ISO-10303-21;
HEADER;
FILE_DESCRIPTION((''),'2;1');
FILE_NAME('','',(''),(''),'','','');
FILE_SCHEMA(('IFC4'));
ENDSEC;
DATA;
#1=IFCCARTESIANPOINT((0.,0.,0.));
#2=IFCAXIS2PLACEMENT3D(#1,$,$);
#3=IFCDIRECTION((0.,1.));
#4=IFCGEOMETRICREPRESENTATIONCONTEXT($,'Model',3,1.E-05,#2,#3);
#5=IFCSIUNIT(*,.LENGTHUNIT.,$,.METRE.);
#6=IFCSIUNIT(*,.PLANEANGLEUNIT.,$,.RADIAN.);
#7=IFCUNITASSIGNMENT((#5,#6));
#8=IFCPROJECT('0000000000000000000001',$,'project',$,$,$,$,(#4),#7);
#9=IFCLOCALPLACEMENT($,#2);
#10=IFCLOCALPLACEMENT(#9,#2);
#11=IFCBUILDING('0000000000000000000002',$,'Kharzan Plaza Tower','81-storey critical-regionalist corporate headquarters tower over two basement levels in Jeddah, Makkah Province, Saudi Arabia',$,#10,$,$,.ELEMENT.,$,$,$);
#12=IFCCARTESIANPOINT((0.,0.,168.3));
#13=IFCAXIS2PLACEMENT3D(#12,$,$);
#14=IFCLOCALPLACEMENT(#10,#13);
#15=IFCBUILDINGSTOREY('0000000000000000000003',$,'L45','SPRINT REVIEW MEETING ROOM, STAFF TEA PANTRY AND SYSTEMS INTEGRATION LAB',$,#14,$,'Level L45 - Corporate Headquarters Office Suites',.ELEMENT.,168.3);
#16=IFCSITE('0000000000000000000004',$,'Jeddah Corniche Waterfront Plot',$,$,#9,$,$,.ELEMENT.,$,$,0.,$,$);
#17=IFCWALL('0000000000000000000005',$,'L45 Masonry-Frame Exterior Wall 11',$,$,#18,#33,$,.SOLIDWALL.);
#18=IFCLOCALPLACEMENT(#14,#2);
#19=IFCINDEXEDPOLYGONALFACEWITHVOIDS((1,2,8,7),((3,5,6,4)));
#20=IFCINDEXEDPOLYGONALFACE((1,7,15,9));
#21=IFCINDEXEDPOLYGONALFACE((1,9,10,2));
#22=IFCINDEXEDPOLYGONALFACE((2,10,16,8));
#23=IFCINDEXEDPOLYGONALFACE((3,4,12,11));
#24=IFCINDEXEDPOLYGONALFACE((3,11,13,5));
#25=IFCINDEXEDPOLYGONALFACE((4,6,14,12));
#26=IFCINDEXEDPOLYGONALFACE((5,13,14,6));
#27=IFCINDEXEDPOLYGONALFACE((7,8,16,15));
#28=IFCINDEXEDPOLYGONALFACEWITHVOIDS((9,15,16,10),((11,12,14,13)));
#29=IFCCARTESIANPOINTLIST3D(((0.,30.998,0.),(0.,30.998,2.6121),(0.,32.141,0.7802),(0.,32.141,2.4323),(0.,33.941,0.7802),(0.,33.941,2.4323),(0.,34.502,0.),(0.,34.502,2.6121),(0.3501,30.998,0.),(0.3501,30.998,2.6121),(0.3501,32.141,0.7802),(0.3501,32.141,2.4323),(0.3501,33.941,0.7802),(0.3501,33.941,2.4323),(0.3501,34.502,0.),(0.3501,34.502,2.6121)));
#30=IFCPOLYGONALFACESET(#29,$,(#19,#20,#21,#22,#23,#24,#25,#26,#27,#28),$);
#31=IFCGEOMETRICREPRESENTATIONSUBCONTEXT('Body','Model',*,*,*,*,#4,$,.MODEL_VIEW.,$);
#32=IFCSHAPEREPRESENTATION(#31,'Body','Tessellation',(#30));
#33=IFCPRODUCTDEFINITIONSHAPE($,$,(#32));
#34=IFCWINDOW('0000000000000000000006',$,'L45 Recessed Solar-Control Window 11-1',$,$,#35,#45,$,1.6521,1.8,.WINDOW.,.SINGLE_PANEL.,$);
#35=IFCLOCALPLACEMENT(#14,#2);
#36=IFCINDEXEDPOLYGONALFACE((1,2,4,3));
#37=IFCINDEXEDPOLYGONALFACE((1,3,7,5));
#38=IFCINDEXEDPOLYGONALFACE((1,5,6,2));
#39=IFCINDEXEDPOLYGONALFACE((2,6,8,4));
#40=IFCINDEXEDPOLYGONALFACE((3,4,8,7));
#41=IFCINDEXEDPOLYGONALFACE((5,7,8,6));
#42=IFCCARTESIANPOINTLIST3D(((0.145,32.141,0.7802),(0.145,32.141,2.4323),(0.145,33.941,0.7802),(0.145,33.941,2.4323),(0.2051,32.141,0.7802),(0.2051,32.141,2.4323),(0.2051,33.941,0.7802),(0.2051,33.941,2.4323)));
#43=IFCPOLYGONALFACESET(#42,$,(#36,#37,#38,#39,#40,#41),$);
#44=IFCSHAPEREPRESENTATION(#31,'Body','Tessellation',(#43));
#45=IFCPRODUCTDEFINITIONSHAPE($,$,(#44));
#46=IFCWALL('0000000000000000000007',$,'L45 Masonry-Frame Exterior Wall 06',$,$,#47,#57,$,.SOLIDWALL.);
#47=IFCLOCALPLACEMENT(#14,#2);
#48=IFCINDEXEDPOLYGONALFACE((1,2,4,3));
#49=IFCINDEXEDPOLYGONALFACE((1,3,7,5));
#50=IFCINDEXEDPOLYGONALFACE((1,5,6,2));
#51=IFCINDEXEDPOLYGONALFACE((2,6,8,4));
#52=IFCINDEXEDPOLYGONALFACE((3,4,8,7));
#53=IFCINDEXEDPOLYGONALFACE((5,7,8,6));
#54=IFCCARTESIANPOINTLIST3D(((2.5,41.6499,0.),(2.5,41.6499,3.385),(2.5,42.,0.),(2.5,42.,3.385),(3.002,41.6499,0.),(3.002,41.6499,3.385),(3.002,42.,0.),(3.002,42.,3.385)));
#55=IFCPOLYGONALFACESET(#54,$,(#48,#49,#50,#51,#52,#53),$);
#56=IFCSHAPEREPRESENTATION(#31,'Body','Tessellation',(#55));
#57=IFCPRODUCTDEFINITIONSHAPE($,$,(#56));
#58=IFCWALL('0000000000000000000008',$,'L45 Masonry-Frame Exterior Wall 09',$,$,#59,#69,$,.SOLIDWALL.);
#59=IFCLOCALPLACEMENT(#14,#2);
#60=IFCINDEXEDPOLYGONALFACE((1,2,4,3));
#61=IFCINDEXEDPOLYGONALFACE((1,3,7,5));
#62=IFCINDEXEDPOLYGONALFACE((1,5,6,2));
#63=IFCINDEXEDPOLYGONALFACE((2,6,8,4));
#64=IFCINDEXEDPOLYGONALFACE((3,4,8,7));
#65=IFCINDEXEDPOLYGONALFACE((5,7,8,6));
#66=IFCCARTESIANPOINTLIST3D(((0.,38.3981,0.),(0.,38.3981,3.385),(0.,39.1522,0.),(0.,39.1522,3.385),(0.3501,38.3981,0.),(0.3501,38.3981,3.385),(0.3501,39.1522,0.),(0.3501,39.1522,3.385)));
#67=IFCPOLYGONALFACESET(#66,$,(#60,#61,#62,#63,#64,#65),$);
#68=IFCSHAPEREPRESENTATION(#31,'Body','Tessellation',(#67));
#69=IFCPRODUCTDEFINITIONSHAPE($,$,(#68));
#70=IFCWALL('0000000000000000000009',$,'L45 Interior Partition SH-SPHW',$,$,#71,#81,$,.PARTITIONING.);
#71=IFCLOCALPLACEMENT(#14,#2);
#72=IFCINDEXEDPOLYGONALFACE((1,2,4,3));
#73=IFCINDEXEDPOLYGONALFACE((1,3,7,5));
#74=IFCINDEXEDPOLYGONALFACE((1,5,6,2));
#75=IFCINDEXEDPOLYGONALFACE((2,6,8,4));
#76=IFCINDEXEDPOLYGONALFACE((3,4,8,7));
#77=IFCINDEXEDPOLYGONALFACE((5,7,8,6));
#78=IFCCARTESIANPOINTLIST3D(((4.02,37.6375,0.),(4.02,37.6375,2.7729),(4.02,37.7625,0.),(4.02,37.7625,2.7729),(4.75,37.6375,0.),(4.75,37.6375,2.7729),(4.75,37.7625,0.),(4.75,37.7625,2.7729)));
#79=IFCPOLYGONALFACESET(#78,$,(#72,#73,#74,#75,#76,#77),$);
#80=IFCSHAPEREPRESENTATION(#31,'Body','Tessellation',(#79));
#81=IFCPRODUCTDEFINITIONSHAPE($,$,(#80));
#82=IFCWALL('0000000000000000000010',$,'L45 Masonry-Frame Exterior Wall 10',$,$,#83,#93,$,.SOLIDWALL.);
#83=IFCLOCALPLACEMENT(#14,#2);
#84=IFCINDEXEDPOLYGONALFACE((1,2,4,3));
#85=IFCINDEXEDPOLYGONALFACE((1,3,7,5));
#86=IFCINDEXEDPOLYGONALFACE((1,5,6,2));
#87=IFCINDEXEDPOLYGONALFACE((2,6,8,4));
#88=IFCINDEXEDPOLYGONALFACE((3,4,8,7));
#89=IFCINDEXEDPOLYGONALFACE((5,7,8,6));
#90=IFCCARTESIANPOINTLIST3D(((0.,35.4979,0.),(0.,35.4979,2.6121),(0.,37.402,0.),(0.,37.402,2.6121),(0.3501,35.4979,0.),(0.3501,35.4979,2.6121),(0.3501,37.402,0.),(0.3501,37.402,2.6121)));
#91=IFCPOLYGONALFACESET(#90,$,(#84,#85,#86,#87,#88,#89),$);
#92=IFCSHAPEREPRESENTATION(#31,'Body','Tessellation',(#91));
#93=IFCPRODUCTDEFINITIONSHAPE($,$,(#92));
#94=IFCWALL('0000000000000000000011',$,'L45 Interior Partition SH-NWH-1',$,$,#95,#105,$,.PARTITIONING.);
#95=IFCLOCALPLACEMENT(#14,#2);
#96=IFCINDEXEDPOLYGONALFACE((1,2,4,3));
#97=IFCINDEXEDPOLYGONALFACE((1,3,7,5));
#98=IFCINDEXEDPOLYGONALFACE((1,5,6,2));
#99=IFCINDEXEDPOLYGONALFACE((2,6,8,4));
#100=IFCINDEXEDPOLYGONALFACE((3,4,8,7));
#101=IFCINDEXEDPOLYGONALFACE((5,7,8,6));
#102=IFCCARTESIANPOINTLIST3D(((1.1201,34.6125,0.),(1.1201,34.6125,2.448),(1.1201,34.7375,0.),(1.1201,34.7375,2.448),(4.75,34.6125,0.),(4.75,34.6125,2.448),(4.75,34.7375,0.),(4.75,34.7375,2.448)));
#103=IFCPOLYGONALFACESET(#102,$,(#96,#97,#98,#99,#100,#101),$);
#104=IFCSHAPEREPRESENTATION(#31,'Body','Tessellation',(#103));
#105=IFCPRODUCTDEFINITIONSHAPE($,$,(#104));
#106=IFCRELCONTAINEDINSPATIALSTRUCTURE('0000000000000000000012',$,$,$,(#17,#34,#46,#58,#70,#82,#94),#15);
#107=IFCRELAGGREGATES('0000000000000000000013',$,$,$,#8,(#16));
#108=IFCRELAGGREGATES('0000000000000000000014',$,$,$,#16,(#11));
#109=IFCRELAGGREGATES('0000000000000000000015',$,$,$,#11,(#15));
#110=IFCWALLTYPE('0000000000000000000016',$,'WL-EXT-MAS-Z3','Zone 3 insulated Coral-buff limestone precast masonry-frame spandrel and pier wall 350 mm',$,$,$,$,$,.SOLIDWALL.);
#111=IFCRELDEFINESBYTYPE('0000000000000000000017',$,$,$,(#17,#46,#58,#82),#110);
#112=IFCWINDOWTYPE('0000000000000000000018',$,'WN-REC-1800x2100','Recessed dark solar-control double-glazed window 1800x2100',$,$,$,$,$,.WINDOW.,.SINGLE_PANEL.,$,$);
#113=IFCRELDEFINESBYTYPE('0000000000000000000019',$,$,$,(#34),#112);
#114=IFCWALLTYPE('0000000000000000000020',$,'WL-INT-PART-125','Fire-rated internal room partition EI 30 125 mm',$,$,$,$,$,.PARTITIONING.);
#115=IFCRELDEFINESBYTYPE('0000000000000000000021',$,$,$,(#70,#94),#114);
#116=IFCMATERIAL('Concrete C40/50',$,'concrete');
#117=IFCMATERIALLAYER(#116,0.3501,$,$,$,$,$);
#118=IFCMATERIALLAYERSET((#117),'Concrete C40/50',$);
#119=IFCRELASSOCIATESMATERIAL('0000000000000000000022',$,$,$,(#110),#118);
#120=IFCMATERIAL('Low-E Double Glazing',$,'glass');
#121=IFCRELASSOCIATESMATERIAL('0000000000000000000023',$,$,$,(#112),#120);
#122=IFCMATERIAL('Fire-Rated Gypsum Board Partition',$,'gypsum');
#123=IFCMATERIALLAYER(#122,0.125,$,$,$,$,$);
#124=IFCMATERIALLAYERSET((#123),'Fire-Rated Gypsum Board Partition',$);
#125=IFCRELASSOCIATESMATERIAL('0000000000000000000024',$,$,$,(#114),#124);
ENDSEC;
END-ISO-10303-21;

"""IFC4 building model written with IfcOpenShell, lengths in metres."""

from ifc_helpers import new_model, si_unit, direction, frame, frame_2d, origin, place, context, subcontext, project, spatial, rectangle, extrude, source, transform, mapped, material, layer, layer_set, type_object, element, fill, save


model = new_model("IFC4")

# Units and contexts
model_context = context("Model", 3, precision=1e-05, world=origin(), true_north=direction((0.0, 1.0)))
body_context = subcontext(model_context, "Body", "Model", "MODEL_VIEW")
ifc_project = project(units=[si_unit("LENGTHUNIT", "METRE"), si_unit("PLANEANGLEUNIT", "RADIAN")], contexts=[model_context])

# Site, building, storey
site_placement = place(None, origin())
site = spatial("IfcSite", under=ifc_project, at=site_placement, Name="Jeddah Corniche Waterfront Plot", CompositionType="ELEMENT", RefElevation=0.0)
building_placement = place(site_placement, origin())
building = spatial("IfcBuilding", under=site, at=building_placement, Name="Kharzan Plaza Tower", Description="81-storey critical-regionalist corporate headquarters tower over two basement levels in Jeddah, Makkah Province, Saudi Arabia", CompositionType="ELEMENT")
storey_placement = place(building_placement, frame((0.0, 0.0, 168.3)))
storey = spatial("IfcBuildingStorey", under=building, at=storey_placement, Name="L45", Description="SPRINT REVIEW MEETING ROOM, STAFF TEA PANTRY AND SYSTEMS INTEGRATION LAB", LongName="Level L45 - Corporate Headquarters Office Suites", CompositionType="ELEMENT", Elevation=168.3)

# Wall, opening, window
ifc_material_1 = material(Name="Concrete C40/50", Category="concrete")
ifc_layer_1 = layer(ifc_material_1, 0.3501)
ifc_layer_set_1 = layer_set([ifc_layer_1], Name="Concrete C40/50")
wall_type_1 = type_object("IfcWallType", Name="WL-EXT-MAS-Z3", Description="Zone 3 insulated Coral-buff limestone precast masonry-frame spandrel and pier wall 350 mm", PredefinedType="SOLIDWALL", material=ifc_layer_set_1)
ifc_material_2 = material(Name="Low-E Double Glazing", Category="glass")
window_type_1 = type_object("IfcWindowType", Name="WN-REC-1800x2100", Description="Recessed dark solar-control double-glazed window 1800x2100", PartitioningType="SINGLE_PANEL", PredefinedType="WINDOW", material=ifc_material_2)
wall_1_placement = place(storey_placement, frame((0.175, 34.502, 0.0), z_axis=(0.0, 0.0, 1.0), x_axis=(0.0, -1.0, 0.0)))
wall_1 = element("IfcWall", 1, at=wall_1_placement, inside=storey, type_object=wall_type_1, Name="L45 Masonry-Frame Exterior Wall 11", PredefinedType="SOLIDWALL", context=body_context, shape_type="SweptSolid", body=[
    extrude(rectangle(XDim=3.5039, YDim=0.3501, at=frame_2d((1.752, 0.0))), origin(), (0.0, 0.0, 1.0), 2.6121),
])
opening_1_placement = place(wall_1_placement, frame((0.561, 0.0, 0.78)))
opening_1 = element("IfcOpeningElement", 2, at=opening_1_placement, cuts=wall_1, PredefinedType="OPENING", context=body_context, shape_type="SweptSolid", body=[
    extrude(rectangle(XDim=1.8, YDim=1.6521, at=frame_2d((0.8999, 0.8262))), frame((0.0, 0.1851, 0.0), z_axis=(0.0, -1.0, 0.0), x_axis=(1.0, 0.0, 0.0)), (0.0, 0.0, 1.0), 0.3701),
])
shared_shape_1 = source(origin(), body_context, "Body", "SweptSolid", [
    extrude(rectangle(XDim=1.8, YDim=1.6521, at=frame_2d((0.8999, 0.8262))), frame((0.0, 0.03, 0.0), z_axis=(0.0, -1.0, 0.0), x_axis=(1.0, 0.0, 0.0)), (0.0, 0.0, 1.0), 0.0601),
])
window_1_placement = place(opening_1_placement, origin())
window_1 = element("IfcWindow", 3, at=window_1_placement, inside=storey, type_object=window_type_1, Name="L45 Recessed Solar-Control Window 11-1", OverallHeight=1.6521, OverallWidth=1.8, PartitioningType="SINGLE_PANEL", PredefinedType="WINDOW", context=body_context, shape_type="MappedRepresentation", body=[
    mapped(shared_shape_1, transform((0.0, 0.0, 0.0), x_axis=(1.0, 0.0, 0.0), y_axis=(0.0, 1.0, 0.0), z_axis=(0.0, 0.0, 1.0))),
])
fill(opening_1, window_1)

# Walls
shared_shape_2 = source(origin(), body_context, "Body", "SweptSolid", [
    extrude(rectangle(XDim=0.502, YDim=0.3501, at=frame_2d((0.251, 0.0))), origin(), (0.0, 0.0, 1.0), 3.385),
])
wall_2_placement = place(storey_placement, frame((3.002, 41.825, 0.0), z_axis=(0.0, 0.0, 1.0), x_axis=(-1.0, 0.0, 0.0)))
element("IfcWall", 4, at=wall_2_placement, inside=storey, type_object=wall_type_1, Name="L45 Masonry-Frame Exterior Wall 06", PredefinedType="SOLIDWALL", context=body_context, shape_type="MappedRepresentation", body=[
    mapped(shared_shape_2, transform((0.0, 0.0, 0.0), x_axis=(1.0, 0.0, 0.0), y_axis=(0.0, 1.0, 0.0), z_axis=(0.0, 0.0, 1.0))),
])
shared_shape_3 = source(origin(), body_context, "Body", "SweptSolid", [
    extrude(rectangle(XDim=0.7542, YDim=0.3501, at=frame_2d((0.377, 0.0))), origin(), (0.0, 0.0, 1.0), 3.385),
])
wall_3_placement = place(storey_placement, frame((0.175, 39.1521, 0.0), z_axis=(0.0, 0.0, 1.0), x_axis=(0.0, -1.0, 0.0)))
element("IfcWall", 5, at=wall_3_placement, inside=storey, type_object=wall_type_1, Name="L45 Masonry-Frame Exterior Wall 09", PredefinedType="SOLIDWALL", context=body_context, shape_type="MappedRepresentation", body=[
    mapped(shared_shape_3, transform((0.0, 0.0, 0.0), x_axis=(1.0, 0.0, 0.0), y_axis=(0.0, 1.0, 0.0), z_axis=(0.0, 0.0, 1.0))),
])
ifc_material_3 = material(Name="Fire-Rated Gypsum Board Partition", Category="gypsum")
ifc_layer_2 = layer(ifc_material_3, 0.125)
ifc_layer_set_2 = layer_set([ifc_layer_2], Name="Fire-Rated Gypsum Board Partition")
wall_type_2 = type_object("IfcWallType", Name="WL-INT-PART-125", Description="Fire-rated internal room partition EI 30 125 mm", PredefinedType="PARTITIONING", material=ifc_layer_set_2)
shared_shape_4 = source(origin(), body_context, "Body", "SweptSolid", [
    extrude(rectangle(XDim=0.73, YDim=0.125, at=frame_2d((0.365, 0.0))), origin(), (0.0, 0.0, 1.0), 2.7729),
])
wall_4_placement = place(storey_placement, frame((4.02, 37.7, 0.0), z_axis=(0.0, 0.0, 1.0), x_axis=(1.0, 0.0, 0.0)))
element("IfcWall", 6, at=wall_4_placement, inside=storey, type_object=wall_type_2, Name="L45 Interior Partition SH-SPHW", PredefinedType="PARTITIONING", context=body_context, shape_type="MappedRepresentation", body=[
    mapped(shared_shape_4, transform((0.0, 0.0, 0.0), x_axis=(1.0, 0.0, 0.0), y_axis=(0.0, 1.0, 0.0), z_axis=(0.0, 0.0, 1.0))),
])
shared_shape_5 = source(origin(), body_context, "Body", "SweptSolid", [
    extrude(rectangle(XDim=1.9041, YDim=0.3501, at=frame_2d((0.9521, 0.0))), origin(), (0.0, 0.0, 1.0), 2.6121),
])
wall_5_placement = place(storey_placement, frame((0.175, 37.4021, 0.0), z_axis=(0.0, 0.0, 1.0), x_axis=(0.0, -1.0, 0.0)))
element("IfcWall", 7, at=wall_5_placement, inside=storey, type_object=wall_type_1, Name="L45 Masonry-Frame Exterior Wall 10", PredefinedType="SOLIDWALL", context=body_context, shape_type="MappedRepresentation", body=[
    mapped(shared_shape_5, transform((0.0, 0.0, 0.0), x_axis=(1.0, 0.0, 0.0), y_axis=(0.0, 1.0, 0.0), z_axis=(0.0, 0.0, 1.0))),
])
shared_shape_6 = source(origin(), body_context, "Body", "SweptSolid", [
    extrude(rectangle(XDim=3.6299, YDim=0.125, at=frame_2d((1.8149, 0.0))), origin(), (0.0, 0.0, 1.0), 2.448),
])
wall_6_placement = place(storey_placement, frame((1.1201, 34.675, 0.0), z_axis=(0.0, 0.0, 1.0), x_axis=(1.0, 0.0, 0.0)))
element("IfcWall", 8, at=wall_6_placement, inside=storey, type_object=wall_type_2, Name="L45 Interior Partition SH-NWH-1", PredefinedType="PARTITIONING", context=body_context, shape_type="MappedRepresentation", body=[
    mapped(shared_shape_6, transform((0.0, 0.0, 0.0), x_axis=(1.0, 0.0, 0.0), y_axis=(0.0, 1.0, 0.0), z_axis=(0.0, 0.0, 1.0))),
])

save(model, "model.ifc")
